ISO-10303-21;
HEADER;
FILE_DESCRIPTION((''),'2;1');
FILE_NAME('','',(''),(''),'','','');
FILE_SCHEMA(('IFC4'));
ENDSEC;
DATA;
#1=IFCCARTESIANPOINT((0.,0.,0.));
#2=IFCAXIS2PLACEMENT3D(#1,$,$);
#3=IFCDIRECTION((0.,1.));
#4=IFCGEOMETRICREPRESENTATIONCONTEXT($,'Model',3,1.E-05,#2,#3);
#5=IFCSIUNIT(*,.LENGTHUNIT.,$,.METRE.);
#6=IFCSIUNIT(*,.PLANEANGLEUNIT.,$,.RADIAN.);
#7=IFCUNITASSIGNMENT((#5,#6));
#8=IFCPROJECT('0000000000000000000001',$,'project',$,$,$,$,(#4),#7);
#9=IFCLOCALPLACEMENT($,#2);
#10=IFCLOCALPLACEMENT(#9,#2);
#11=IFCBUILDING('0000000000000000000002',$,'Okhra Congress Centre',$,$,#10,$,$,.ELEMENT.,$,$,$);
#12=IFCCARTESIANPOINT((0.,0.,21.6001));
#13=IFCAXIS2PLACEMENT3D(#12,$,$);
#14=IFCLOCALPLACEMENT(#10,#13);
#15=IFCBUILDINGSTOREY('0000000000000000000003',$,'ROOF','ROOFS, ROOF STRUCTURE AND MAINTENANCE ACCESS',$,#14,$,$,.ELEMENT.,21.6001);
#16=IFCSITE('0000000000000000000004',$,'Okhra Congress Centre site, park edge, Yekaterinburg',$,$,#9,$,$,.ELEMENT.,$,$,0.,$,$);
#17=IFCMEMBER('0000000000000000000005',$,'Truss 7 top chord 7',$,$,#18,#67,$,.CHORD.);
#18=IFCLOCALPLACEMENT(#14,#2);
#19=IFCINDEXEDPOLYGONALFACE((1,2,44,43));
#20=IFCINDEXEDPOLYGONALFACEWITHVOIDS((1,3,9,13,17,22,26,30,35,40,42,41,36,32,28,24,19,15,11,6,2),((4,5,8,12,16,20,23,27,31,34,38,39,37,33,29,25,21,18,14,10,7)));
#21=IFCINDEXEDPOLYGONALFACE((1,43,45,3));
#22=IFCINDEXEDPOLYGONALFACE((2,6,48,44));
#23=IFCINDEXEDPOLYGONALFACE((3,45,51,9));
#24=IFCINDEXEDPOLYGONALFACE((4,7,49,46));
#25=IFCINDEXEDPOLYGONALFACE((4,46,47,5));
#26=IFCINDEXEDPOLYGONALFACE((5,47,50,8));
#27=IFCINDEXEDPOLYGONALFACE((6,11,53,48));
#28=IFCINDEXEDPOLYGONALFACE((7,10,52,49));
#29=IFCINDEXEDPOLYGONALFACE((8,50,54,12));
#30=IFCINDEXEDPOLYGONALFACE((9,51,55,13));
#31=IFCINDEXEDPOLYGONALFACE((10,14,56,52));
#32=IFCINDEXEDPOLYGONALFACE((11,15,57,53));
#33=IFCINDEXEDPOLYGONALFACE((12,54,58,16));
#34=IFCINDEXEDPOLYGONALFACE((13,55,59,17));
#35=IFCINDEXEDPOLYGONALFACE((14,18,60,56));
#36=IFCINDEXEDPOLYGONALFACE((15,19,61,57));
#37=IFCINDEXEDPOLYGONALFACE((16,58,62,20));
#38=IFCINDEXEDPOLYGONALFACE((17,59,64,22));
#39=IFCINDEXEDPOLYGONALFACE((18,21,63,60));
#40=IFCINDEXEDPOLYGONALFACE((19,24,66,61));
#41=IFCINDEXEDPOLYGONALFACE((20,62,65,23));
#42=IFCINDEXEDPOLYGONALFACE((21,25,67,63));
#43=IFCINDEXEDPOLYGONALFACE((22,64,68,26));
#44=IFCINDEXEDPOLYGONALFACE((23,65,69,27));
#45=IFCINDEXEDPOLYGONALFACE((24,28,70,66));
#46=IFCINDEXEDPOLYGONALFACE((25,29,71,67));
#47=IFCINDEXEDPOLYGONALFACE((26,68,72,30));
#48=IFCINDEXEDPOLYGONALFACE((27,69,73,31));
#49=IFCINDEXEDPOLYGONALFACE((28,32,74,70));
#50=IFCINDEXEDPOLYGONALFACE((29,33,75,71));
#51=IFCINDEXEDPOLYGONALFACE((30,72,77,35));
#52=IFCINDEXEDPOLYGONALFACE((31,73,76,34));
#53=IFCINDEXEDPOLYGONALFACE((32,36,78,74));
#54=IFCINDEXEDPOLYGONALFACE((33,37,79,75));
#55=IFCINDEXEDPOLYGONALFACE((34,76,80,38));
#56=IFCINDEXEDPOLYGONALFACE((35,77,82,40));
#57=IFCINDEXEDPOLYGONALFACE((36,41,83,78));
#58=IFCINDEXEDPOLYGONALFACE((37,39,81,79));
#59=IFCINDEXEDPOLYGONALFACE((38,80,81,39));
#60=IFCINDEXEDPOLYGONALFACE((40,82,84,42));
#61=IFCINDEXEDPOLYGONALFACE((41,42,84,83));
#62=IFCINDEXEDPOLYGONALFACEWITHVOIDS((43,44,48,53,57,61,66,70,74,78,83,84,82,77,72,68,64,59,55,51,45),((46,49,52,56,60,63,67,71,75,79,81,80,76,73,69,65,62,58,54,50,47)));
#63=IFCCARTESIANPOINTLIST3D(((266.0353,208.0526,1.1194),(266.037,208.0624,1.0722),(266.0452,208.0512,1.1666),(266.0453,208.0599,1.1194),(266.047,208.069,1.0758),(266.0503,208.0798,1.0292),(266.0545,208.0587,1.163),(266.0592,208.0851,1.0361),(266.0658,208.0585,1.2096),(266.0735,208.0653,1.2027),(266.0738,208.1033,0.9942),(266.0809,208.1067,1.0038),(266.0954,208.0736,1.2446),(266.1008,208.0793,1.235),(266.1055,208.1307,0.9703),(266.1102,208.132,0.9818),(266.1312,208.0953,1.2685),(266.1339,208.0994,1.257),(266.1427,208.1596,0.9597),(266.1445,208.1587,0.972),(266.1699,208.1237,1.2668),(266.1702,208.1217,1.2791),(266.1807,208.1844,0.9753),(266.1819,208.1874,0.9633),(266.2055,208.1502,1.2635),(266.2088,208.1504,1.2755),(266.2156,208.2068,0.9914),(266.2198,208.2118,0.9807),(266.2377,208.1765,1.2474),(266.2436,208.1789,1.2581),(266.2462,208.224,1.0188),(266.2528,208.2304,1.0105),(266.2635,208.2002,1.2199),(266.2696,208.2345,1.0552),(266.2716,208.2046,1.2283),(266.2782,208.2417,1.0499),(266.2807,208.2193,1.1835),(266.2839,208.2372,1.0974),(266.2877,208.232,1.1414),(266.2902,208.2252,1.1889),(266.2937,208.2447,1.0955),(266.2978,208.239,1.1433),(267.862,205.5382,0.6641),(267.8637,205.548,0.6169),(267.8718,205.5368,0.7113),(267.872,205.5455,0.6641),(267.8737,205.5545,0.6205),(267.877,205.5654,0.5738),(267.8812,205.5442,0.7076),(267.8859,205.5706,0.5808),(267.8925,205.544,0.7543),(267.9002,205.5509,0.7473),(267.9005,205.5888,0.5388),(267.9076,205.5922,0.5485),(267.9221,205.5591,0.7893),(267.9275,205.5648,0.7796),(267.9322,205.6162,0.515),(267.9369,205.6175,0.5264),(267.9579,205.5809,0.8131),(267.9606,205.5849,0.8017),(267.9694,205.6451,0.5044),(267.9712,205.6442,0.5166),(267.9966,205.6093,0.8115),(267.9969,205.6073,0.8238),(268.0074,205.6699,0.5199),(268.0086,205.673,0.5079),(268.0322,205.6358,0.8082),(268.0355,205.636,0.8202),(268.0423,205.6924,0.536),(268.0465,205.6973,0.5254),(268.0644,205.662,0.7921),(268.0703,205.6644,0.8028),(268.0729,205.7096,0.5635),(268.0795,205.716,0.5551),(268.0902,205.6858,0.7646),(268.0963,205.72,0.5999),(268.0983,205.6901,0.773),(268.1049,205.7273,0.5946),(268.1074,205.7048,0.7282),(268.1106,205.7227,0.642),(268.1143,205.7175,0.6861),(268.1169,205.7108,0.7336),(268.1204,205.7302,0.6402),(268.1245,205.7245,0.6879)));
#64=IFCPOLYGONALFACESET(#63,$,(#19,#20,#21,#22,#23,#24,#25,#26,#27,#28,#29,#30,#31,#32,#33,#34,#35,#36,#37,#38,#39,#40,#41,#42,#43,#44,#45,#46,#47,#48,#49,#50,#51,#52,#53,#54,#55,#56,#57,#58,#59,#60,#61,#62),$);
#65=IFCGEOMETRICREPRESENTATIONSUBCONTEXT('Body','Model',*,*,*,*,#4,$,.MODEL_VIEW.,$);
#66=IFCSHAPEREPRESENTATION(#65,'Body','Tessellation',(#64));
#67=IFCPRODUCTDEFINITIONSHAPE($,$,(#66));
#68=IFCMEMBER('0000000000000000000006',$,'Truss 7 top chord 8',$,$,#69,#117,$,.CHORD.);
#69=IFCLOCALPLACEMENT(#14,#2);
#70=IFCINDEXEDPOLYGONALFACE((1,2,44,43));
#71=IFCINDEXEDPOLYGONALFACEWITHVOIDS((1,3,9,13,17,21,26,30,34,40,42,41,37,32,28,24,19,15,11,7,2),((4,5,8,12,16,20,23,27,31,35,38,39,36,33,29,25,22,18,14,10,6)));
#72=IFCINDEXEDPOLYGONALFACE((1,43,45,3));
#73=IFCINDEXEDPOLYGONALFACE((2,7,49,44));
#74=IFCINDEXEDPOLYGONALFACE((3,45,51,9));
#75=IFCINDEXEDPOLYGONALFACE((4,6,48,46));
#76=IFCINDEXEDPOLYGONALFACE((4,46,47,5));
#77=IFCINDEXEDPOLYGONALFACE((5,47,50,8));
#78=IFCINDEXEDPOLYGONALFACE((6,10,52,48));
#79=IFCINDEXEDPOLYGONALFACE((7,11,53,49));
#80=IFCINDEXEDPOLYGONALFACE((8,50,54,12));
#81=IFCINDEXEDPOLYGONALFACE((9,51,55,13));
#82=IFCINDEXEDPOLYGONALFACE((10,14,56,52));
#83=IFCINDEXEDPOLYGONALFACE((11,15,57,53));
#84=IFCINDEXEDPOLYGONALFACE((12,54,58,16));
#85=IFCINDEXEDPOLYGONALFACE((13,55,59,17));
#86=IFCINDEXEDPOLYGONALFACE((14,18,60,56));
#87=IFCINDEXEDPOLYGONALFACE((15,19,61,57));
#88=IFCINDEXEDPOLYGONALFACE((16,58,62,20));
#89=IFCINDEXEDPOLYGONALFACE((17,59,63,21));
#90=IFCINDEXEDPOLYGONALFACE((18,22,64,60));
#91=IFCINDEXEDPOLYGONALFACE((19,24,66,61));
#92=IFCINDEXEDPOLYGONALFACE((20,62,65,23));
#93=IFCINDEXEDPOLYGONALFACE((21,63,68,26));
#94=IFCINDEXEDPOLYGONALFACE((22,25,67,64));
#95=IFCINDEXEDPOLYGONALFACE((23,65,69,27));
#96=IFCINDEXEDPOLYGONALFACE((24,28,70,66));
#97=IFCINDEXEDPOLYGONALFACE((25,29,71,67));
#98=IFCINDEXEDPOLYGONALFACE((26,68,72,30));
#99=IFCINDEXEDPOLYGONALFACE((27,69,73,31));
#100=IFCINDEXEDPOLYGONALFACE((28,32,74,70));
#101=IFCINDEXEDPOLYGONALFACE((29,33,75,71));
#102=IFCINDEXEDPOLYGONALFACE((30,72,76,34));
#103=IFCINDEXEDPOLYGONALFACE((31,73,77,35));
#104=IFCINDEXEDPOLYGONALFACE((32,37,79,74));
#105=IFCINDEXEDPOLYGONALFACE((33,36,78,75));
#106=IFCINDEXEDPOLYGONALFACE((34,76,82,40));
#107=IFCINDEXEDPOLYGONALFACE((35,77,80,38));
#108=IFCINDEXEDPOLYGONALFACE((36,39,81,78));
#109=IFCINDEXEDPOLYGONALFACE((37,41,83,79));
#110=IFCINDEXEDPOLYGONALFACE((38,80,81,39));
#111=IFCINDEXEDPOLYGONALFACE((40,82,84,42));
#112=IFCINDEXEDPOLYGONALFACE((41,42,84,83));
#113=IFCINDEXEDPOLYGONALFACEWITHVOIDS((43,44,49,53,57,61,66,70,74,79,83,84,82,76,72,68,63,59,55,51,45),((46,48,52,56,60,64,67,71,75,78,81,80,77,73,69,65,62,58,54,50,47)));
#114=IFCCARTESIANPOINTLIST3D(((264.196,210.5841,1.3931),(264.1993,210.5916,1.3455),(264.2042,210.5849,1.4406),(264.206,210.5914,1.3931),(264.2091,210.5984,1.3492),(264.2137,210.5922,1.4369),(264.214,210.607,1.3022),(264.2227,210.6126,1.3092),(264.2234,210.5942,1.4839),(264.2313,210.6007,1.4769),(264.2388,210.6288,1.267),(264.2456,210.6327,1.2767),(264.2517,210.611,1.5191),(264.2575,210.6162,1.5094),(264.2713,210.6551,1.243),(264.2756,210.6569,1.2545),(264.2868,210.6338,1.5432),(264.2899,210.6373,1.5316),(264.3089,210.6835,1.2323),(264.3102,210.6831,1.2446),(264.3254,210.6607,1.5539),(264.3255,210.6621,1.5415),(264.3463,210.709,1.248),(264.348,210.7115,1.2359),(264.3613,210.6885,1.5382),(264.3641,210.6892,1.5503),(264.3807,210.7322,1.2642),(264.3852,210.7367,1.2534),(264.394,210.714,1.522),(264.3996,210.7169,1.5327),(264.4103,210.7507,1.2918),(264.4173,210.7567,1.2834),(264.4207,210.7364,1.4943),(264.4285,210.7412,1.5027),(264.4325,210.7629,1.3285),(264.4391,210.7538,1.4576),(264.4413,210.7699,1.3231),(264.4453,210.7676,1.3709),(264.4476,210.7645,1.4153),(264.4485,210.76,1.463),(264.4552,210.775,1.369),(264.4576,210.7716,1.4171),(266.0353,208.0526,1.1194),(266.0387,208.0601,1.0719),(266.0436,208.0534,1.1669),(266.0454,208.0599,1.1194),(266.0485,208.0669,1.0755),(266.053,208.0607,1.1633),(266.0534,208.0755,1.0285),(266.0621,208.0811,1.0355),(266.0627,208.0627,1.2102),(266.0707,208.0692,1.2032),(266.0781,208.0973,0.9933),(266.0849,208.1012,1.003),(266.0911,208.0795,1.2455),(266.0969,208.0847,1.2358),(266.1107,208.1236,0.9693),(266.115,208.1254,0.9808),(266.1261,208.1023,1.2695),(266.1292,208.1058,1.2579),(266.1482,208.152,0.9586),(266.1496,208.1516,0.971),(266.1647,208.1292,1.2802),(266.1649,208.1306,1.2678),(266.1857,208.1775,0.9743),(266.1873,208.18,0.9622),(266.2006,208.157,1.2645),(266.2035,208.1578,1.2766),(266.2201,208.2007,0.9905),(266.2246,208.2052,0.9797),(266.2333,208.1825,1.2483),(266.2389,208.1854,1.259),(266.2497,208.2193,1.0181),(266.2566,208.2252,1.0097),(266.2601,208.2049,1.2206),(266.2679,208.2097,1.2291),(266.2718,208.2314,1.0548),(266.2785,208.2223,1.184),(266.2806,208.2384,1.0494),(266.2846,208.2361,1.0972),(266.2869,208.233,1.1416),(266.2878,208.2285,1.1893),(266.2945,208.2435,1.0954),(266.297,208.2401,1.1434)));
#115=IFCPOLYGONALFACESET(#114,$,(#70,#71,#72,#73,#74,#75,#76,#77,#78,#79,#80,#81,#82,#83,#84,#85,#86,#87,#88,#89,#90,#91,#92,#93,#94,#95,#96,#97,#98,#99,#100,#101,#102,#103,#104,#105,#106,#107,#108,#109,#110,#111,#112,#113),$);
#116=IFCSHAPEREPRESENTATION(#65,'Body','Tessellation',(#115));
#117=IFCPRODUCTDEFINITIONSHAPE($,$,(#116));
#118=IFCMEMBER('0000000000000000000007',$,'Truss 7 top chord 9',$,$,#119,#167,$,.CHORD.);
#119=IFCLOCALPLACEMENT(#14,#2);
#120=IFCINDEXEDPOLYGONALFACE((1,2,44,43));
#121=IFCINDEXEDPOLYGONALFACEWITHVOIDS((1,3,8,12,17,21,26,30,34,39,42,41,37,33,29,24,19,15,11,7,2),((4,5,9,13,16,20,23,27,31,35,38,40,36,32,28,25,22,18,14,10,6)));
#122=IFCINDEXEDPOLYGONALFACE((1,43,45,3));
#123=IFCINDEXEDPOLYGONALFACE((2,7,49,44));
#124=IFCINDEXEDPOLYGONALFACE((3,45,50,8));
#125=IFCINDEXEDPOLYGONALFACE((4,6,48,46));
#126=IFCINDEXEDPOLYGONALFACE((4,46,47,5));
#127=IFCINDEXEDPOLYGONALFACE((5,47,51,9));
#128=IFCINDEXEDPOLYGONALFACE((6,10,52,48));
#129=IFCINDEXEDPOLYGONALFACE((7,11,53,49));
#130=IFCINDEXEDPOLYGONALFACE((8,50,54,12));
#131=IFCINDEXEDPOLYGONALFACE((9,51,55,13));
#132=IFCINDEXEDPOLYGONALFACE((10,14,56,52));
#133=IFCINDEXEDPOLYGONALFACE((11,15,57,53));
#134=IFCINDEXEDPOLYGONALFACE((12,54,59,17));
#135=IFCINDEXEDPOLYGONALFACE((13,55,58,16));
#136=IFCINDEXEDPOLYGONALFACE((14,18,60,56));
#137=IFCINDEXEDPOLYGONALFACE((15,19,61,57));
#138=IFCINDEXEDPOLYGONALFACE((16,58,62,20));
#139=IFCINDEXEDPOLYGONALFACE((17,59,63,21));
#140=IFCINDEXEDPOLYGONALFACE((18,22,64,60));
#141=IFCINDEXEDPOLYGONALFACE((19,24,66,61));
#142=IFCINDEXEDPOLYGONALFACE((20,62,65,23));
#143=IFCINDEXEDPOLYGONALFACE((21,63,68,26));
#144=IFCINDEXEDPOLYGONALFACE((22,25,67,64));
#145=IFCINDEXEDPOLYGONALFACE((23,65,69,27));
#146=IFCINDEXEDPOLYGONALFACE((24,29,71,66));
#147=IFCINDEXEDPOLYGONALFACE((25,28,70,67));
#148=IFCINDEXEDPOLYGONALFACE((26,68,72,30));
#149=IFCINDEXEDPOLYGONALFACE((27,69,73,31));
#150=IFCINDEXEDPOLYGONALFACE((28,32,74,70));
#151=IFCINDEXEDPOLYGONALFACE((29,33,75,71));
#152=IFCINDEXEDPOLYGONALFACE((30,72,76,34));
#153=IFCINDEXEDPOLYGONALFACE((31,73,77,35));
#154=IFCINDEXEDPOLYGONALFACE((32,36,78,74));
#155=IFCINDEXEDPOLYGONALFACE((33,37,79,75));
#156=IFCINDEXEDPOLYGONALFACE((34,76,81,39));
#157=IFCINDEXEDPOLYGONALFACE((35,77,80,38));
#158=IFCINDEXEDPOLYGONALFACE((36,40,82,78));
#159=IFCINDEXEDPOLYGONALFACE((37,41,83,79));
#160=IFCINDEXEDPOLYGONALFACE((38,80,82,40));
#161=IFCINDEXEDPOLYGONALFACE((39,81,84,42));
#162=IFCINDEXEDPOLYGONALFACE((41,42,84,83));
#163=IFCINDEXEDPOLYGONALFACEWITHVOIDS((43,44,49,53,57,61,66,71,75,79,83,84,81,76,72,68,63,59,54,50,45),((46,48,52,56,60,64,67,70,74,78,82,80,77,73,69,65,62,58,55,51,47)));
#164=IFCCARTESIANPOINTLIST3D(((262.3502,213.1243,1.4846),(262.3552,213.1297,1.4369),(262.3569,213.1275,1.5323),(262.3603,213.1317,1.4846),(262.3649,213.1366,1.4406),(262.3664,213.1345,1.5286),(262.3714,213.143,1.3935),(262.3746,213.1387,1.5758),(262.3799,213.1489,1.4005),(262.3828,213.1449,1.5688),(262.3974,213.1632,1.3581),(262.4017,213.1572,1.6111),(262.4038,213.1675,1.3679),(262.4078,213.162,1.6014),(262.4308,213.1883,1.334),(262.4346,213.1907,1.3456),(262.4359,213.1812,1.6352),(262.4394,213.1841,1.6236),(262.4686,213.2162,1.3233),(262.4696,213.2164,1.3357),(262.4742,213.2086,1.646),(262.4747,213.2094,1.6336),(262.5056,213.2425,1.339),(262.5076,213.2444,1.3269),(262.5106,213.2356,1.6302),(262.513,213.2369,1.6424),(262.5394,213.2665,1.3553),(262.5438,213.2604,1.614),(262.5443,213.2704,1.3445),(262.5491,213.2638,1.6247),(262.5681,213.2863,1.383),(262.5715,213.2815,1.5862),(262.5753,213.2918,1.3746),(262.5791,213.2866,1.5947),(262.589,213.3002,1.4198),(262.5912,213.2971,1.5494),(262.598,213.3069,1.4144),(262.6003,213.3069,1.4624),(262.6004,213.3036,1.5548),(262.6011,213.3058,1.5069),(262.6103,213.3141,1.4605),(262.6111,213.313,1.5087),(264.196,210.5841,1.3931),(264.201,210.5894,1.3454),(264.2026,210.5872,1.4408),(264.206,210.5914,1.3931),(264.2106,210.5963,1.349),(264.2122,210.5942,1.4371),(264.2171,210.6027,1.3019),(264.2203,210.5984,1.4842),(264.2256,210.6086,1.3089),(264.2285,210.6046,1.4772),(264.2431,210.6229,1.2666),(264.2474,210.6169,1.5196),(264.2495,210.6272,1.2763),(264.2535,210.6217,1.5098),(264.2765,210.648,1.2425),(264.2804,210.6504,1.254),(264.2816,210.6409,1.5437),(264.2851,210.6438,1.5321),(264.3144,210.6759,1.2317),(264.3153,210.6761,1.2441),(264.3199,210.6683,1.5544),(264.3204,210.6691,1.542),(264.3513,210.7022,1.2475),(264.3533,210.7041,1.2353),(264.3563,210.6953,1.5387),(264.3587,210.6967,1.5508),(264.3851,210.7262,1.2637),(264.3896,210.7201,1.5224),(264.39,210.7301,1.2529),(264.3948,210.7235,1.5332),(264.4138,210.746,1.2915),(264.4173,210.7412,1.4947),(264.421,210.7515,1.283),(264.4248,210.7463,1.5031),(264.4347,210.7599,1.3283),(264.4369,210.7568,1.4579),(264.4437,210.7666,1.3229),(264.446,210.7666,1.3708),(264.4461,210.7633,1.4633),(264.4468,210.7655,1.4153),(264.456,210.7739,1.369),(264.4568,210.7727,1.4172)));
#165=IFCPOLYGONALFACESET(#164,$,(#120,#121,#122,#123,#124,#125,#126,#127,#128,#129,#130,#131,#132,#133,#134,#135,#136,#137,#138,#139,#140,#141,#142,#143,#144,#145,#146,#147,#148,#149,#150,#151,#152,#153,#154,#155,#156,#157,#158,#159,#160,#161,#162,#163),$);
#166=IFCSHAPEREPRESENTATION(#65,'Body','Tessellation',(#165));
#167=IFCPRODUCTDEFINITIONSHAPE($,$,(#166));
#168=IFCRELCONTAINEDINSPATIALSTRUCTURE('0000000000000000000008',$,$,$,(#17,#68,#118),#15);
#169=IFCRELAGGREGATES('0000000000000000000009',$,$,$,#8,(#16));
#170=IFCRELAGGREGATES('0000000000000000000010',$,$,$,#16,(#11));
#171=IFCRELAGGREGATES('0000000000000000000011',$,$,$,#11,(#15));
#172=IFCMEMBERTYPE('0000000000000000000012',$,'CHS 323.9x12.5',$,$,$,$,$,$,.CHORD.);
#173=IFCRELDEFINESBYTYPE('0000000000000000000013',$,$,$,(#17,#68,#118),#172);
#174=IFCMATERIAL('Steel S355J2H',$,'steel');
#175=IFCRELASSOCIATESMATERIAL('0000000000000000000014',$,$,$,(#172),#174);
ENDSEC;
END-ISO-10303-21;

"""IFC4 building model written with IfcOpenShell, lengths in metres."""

from ifc_helpers import new_model, si_unit, direction, frame, origin, origin_2d, place, context, subcontext, project, spatial, hollow_circle, extrude, material, material_profile, profile_set, type_object, element, save


model = new_model("IFC4")

# Units and contexts
model_context = context("Model", 3, precision=1e-05, world=origin(), true_north=direction((0.0, 1.0)))
body_context = subcontext(model_context, "Body", "Model", "MODEL_VIEW")
ifc_project = project(units=[si_unit("LENGTHUNIT", "METRE"), si_unit("PLANEANGLEUNIT", "RADIAN")], contexts=[model_context])

# Site, building, storey
site_placement = place(None, origin())
site = spatial("IfcSite", under=ifc_project, at=site_placement, Name="Okhra Congress Centre site, park edge, Yekaterinburg", CompositionType="ELEMENT", RefElevation=0.0)
building_placement = place(site_placement, origin())
building = spatial("IfcBuilding", under=site, at=building_placement, Name="Okhra Congress Centre", CompositionType="ELEMENT")
storey_placement = place(building_placement, frame((0.0, 0.0, 21.6001)))
storey = spatial("IfcBuildingStorey", under=building, at=storey_placement, Name="ROOF", Description="ROOFS, ROOF STRUCTURE AND MAINTENANCE ACCESS", CompositionType="ELEMENT", Elevation=21.6001)

# Members
ifc_material_1 = material(Name="Steel S355J2H", Category="steel")
ifc_material_profile_1 = material_profile(ifc_material_1, hollow_circle(Radius=0.1619, WallThickness=0.0125, at=origin_2d()), Name="CHS 323.9x12.5")
ifc_profile_set_1 = profile_set([ifc_material_profile_1], Name="Steel S355J2H")
member_type_1 = type_object("IfcMemberType", Name="CHS 323.9x12.5", PredefinedType="CHORD", material=ifc_profile_set_1)
for number, where, z_axis, x_axis, name in (
    (1, (267.9929, 205.6333, 0.6641), (-0.581543, 0.800496, 0.144958), (-0.809042, -0.587751, 0.0), "Truss 7 top chord 7"),
    (2, (266.1663, 208.1477, 1.1194), (-0.585574, 0.805923, 0.087129), (-0.808999, -0.58781, 0.0), "Truss 7 top chord 8"),
):
    element("IfcMember", number, at=place(storey_placement, frame(where, z_axis=z_axis, x_axis=x_axis)), inside=storey, type_object=member_type_1, Name=name, PredefinedType="CHORD", context=body_context, shape_type="SweptSolid", body=[
        extrude(hollow_circle(Radius=0.1619, WallThickness=0.0125, at=origin_2d()), origin(), (0.0, 0.0, 1.0), 3.1411),
    ])
member_1_placement = place(storey_placement, frame((264.3269, 210.6792, 1.3931), z_axis=(-0.587552, 0.808661, 0.029144), x_axis=(-0.809005, -0.587802, 0.0)))
element("IfcMember", 3, at=member_1_placement, inside=storey, type_object=member_type_1, Name="Truss 7 top chord 9", PredefinedType="CHORD", context=body_context, shape_type="SweptSolid", body=[
    extrude(hollow_circle(Radius=0.1619, WallThickness=0.0125, at=origin_2d()), origin(), (0.0, 0.0, 1.0), 3.1414),
])

save(model, "model.ifc")
